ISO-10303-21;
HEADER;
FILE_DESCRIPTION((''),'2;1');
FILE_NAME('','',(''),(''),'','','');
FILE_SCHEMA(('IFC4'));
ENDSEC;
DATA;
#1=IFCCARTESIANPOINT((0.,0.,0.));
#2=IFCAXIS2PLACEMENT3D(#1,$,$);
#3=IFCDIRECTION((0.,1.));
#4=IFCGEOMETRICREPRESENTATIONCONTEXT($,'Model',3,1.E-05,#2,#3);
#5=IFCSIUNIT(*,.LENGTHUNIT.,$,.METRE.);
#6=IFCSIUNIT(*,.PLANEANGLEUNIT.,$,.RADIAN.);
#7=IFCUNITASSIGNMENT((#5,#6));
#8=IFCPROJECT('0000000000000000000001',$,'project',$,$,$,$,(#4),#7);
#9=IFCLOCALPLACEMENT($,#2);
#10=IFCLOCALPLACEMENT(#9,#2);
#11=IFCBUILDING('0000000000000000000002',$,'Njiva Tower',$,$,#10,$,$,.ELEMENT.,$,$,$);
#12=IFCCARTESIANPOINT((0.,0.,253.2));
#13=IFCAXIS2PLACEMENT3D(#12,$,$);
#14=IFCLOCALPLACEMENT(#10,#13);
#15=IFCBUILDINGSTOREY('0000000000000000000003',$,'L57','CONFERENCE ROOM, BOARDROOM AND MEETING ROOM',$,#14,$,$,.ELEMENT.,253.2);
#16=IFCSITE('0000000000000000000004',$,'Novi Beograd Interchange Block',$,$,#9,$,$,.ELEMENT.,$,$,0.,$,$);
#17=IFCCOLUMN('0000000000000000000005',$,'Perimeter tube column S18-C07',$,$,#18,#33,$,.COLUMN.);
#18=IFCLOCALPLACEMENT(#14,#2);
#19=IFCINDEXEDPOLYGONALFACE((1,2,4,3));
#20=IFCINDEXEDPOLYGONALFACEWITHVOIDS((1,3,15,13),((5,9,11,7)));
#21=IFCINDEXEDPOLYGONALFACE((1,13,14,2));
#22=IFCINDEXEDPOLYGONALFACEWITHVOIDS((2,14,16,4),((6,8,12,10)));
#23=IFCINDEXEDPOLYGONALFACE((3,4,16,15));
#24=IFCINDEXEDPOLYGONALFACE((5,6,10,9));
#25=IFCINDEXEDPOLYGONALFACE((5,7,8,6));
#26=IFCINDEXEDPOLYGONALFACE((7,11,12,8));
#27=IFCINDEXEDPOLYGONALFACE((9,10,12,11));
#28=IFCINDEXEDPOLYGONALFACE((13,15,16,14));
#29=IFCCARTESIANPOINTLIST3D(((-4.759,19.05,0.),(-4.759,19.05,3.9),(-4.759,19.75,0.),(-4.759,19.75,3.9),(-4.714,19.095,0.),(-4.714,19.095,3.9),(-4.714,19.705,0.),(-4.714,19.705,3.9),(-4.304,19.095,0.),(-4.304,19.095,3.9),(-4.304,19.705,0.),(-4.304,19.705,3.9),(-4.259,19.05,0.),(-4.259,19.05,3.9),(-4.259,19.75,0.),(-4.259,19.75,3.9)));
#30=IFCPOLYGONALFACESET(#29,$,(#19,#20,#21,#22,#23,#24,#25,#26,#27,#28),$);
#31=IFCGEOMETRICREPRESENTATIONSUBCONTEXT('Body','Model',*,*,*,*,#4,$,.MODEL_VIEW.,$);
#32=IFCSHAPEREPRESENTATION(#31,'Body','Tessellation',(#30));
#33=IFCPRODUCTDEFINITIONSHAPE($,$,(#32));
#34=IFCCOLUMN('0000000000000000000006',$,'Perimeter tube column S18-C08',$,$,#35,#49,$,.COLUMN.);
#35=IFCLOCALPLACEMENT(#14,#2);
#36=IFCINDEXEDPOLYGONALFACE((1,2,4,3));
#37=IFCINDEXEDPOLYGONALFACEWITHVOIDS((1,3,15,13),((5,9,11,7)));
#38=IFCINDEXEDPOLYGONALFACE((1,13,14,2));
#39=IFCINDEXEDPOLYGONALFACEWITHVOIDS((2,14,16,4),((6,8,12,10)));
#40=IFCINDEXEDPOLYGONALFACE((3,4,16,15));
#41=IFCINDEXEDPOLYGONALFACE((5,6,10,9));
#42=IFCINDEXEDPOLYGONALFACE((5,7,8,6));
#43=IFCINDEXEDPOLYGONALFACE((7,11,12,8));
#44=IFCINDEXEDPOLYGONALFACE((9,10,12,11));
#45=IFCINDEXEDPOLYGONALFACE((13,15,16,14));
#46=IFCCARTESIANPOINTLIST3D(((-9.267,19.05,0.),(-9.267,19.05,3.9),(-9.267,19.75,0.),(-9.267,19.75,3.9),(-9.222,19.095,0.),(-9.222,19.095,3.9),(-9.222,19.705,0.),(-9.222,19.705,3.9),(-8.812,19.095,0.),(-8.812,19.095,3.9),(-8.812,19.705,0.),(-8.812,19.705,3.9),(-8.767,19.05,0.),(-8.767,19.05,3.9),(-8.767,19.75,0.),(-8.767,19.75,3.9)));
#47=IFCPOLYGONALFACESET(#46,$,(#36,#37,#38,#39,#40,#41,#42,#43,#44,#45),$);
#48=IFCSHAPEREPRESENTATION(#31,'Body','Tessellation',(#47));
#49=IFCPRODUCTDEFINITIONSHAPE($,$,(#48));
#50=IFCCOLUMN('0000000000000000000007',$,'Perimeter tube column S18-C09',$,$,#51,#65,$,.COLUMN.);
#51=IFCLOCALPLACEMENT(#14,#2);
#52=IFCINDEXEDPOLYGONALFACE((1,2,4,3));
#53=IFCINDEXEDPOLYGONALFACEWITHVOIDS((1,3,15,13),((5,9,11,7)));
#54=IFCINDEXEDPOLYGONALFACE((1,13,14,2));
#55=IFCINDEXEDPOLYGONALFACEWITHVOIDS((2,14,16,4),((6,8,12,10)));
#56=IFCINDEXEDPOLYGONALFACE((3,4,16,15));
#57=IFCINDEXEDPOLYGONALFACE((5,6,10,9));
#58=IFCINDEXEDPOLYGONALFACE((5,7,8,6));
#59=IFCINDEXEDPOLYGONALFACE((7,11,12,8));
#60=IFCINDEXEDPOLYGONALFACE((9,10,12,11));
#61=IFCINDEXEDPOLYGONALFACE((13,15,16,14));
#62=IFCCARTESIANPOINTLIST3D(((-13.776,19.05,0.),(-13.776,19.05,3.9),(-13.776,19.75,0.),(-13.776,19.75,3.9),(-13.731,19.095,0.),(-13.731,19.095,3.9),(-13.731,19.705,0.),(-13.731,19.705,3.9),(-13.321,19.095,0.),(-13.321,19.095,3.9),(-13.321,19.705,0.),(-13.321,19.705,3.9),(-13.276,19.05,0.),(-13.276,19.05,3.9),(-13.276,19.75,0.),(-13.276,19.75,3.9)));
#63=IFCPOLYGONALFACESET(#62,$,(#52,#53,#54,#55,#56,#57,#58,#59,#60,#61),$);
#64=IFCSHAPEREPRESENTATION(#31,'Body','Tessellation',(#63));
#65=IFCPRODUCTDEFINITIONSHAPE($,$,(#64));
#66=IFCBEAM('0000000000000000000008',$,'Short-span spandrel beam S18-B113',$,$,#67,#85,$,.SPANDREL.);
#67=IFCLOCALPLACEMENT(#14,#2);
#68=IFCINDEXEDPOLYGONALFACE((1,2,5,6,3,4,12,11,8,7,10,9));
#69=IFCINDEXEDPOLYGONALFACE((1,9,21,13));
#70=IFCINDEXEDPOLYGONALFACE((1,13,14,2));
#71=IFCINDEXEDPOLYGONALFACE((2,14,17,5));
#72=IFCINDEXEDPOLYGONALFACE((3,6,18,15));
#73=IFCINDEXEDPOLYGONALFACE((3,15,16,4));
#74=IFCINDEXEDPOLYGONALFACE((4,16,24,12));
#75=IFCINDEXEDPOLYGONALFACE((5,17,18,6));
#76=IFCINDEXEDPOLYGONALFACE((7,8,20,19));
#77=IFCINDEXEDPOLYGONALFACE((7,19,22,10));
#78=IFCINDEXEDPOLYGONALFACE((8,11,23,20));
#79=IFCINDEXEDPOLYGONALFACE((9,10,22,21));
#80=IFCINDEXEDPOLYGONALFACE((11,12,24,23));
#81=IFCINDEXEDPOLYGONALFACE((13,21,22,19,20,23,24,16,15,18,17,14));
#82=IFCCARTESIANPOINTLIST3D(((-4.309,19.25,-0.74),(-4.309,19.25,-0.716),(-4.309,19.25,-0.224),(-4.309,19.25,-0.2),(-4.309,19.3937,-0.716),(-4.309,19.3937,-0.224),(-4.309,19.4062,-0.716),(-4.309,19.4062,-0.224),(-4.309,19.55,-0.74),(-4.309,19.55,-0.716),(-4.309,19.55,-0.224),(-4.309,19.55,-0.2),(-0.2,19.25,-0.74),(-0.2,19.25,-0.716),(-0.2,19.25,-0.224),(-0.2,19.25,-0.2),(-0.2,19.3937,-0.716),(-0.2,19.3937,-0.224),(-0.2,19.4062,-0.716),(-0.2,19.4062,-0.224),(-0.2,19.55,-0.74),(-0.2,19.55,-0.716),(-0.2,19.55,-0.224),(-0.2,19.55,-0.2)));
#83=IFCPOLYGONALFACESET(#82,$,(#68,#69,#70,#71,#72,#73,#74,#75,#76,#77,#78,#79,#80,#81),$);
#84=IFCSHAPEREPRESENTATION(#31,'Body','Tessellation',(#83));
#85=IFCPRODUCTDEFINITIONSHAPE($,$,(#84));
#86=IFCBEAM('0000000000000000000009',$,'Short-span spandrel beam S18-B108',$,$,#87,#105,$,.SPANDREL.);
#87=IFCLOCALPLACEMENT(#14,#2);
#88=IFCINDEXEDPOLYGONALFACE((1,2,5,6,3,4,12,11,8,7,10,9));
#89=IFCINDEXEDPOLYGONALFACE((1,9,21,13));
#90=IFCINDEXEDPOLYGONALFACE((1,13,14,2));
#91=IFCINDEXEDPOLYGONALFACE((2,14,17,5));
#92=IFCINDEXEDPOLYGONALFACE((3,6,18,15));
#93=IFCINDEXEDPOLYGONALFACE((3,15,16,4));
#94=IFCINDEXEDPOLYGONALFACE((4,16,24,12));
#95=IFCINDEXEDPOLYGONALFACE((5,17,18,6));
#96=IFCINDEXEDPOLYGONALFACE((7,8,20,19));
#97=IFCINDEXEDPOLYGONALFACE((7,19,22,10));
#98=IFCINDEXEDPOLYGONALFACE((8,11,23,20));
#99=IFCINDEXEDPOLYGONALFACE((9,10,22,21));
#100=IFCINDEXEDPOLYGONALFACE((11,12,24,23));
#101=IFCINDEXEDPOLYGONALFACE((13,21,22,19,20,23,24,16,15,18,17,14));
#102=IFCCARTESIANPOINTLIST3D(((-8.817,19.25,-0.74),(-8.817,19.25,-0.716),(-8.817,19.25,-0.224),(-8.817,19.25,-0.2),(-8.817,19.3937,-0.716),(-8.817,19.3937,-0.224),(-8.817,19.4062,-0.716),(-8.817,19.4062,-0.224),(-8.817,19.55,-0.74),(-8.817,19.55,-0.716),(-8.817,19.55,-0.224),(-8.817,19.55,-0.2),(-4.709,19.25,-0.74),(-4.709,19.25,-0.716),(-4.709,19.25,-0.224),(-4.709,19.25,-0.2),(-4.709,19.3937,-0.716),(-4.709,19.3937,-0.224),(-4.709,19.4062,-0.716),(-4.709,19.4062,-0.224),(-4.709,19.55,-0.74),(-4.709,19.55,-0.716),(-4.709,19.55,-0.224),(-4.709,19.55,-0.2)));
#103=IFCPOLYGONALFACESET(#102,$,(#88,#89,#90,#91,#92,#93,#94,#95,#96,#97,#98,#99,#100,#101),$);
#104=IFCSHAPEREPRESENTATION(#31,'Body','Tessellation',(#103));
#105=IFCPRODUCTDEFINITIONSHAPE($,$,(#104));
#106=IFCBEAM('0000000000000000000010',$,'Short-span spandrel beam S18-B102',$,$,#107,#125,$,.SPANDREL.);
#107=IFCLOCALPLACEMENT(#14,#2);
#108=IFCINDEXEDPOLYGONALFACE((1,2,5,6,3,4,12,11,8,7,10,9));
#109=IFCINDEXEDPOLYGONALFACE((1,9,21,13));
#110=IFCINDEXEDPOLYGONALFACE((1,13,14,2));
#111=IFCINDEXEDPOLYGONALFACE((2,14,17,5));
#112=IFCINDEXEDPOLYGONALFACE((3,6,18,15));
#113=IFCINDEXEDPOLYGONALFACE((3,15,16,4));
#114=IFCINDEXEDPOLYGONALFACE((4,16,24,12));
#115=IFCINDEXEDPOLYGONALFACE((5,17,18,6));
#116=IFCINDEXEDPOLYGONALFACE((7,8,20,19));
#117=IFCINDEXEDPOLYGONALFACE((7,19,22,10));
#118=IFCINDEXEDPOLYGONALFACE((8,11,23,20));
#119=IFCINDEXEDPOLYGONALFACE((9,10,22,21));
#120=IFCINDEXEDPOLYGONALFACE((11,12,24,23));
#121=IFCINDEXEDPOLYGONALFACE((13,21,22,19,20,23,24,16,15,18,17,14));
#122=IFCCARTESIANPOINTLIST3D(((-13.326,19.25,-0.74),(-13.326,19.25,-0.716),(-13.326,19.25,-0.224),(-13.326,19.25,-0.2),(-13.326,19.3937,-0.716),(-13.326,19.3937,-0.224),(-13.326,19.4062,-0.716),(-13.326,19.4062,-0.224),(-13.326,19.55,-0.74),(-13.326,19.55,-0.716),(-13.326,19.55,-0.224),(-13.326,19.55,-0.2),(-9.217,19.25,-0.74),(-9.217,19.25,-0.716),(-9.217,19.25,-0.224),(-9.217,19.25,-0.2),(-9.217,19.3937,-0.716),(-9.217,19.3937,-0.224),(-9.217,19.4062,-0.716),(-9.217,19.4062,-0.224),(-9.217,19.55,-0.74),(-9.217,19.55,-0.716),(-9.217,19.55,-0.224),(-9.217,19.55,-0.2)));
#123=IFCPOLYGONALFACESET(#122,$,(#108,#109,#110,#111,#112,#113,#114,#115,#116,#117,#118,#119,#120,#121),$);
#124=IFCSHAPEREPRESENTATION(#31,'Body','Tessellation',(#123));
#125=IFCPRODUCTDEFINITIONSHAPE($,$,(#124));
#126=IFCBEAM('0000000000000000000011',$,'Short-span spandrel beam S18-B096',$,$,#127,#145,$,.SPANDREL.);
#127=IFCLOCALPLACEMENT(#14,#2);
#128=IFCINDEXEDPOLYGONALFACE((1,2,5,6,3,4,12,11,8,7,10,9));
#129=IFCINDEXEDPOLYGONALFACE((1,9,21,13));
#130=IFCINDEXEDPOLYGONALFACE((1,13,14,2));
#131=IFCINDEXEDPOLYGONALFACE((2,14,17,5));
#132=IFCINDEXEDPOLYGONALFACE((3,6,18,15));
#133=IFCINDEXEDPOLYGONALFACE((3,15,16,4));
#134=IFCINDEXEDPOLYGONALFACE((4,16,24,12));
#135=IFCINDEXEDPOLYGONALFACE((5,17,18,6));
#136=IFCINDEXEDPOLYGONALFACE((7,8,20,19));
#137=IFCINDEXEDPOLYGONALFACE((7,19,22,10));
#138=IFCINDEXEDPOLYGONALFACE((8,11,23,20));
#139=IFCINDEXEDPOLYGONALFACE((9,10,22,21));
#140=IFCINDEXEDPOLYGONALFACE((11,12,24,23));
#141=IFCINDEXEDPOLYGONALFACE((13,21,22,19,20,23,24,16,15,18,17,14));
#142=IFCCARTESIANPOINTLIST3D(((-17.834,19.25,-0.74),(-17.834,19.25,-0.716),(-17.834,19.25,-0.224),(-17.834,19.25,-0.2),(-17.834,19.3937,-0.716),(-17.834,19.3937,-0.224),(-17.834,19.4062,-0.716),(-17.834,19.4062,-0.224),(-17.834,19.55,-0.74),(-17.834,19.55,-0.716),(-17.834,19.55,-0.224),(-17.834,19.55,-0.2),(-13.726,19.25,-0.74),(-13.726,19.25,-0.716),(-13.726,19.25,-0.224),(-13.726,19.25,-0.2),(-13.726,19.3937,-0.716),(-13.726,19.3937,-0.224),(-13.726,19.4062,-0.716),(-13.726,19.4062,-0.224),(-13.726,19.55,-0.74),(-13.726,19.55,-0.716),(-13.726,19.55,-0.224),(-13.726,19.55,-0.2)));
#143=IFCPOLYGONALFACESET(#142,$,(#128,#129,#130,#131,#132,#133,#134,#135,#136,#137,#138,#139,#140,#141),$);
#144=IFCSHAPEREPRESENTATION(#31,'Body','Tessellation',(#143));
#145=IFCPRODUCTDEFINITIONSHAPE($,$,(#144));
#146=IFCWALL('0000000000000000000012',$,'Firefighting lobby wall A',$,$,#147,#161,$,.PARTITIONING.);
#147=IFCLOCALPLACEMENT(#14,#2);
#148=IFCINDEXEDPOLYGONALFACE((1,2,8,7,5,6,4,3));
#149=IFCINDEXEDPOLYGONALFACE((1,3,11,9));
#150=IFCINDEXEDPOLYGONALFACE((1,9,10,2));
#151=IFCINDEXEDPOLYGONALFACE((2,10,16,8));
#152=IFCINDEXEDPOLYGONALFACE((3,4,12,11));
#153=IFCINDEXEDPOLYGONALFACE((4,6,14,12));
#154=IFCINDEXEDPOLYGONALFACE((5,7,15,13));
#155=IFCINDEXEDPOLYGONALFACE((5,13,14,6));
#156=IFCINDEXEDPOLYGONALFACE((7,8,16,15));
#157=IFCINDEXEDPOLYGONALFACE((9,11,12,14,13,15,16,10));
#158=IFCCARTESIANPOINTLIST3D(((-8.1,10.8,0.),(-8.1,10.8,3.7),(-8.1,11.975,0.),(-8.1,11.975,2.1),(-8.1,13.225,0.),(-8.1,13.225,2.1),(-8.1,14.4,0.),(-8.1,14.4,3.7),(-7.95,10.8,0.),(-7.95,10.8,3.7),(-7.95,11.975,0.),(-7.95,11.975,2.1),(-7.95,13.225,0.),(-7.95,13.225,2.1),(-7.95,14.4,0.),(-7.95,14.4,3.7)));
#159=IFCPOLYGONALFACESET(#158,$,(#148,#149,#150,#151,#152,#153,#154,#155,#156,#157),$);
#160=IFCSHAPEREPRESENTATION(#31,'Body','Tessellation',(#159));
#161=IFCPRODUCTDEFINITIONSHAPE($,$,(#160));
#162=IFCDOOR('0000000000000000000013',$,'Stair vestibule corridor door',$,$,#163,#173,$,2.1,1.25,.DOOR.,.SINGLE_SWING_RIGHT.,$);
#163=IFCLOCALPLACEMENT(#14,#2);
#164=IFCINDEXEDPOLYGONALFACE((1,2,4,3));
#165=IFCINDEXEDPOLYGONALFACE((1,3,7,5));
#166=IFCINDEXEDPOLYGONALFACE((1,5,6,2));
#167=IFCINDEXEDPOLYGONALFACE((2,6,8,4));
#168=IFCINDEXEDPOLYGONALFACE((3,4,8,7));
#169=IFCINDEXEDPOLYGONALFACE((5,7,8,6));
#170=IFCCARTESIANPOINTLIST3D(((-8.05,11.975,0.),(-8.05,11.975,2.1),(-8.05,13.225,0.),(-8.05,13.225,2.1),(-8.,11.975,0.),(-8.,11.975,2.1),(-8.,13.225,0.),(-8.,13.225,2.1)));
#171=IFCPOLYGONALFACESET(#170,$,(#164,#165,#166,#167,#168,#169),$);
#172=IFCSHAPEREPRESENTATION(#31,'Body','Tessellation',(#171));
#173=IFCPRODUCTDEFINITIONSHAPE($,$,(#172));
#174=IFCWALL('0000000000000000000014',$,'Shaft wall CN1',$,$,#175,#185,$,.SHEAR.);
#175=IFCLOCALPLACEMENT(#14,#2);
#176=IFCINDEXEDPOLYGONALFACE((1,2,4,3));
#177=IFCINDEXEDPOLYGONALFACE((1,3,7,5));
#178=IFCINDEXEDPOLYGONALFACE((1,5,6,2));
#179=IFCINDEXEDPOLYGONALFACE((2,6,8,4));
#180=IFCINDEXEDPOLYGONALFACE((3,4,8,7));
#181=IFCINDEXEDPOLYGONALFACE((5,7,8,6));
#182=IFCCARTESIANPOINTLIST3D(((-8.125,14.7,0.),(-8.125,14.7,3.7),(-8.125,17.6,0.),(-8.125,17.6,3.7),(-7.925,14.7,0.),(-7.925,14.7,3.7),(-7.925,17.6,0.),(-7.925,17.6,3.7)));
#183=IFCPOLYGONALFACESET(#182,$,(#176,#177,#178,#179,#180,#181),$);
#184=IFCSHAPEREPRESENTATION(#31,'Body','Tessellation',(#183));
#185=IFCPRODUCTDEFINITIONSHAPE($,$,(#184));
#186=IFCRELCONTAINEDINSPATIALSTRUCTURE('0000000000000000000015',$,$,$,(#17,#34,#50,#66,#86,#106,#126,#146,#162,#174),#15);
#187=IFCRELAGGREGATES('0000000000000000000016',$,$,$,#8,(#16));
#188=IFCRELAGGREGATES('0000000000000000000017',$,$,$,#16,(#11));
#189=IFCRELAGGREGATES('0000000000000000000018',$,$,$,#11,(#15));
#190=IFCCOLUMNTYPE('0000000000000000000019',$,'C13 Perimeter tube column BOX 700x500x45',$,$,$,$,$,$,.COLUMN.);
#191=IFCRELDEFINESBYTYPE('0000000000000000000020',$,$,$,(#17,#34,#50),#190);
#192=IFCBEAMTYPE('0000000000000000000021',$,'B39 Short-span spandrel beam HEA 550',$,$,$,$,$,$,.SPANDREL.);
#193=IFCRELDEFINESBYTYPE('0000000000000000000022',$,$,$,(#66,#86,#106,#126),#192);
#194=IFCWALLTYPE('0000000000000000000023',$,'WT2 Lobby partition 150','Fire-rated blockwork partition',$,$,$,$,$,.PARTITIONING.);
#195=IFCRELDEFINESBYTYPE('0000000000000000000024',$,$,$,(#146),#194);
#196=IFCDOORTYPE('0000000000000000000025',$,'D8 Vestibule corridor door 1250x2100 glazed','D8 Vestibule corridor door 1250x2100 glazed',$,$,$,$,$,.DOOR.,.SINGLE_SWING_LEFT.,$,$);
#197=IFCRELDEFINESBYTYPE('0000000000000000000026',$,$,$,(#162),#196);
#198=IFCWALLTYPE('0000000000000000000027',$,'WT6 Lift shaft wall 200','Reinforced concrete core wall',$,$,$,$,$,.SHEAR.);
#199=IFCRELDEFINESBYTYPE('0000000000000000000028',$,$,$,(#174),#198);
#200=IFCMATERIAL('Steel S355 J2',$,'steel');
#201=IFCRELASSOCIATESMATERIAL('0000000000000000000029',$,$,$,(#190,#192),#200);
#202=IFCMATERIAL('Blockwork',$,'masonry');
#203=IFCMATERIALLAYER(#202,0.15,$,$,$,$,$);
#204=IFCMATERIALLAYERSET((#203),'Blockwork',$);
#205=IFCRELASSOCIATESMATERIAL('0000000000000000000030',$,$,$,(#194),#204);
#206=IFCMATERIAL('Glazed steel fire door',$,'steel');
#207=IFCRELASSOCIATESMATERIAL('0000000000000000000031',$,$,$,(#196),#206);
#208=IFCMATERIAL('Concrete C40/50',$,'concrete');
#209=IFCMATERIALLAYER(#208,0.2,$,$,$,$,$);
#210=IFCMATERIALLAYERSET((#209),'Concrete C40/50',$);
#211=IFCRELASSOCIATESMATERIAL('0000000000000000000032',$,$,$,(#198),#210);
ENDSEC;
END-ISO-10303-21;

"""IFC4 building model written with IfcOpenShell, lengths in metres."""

from ifc_helpers import new_model, si_unit, direction, frame, frame_2d, origin, origin_2d, place, context, subcontext, project, spatial, rectangle, hollow_rectangle, i_section, extrude, material, layer, layer_set, material_profile, profile_set, type_object, element, fill, save


model = new_model("IFC4")

# Units and contexts
model_context = context("Model", 3, precision=1e-05, world=origin(), true_north=direction((0.0, 1.0)))
body_context = subcontext(model_context, "Body", "Model", "MODEL_VIEW")
ifc_project = project(units=[si_unit("LENGTHUNIT", "METRE"), si_unit("PLANEANGLEUNIT", "RADIAN")], contexts=[model_context])

# Site, building, storey
site_placement = place(None, origin())
site = spatial("IfcSite", under=ifc_project, at=site_placement, Name="Novi Beograd Interchange Block", CompositionType="ELEMENT", RefElevation=0.0)
building_placement = place(site_placement, origin())
building = spatial("IfcBuilding", under=site, at=building_placement, Name="Njiva Tower", CompositionType="ELEMENT")
storey_placement = place(building_placement, frame((0.0, 0.0, 253.2)))
storey = spatial("IfcBuildingStorey", under=building, at=storey_placement, Name="L57", Description="CONFERENCE ROOM, BOARDROOM AND MEETING ROOM", CompositionType="ELEMENT", Elevation=253.2)

# Columns
ifc_material_1 = material(Name="Steel S355 J2", Category="steel")
ifc_material_profile_1 = material_profile(ifc_material_1, hollow_rectangle(XDim=0.5, YDim=0.7, WallThickness=0.045, at=origin_2d()), Name="BOX 700x500x45")
ifc_profile_set_1 = profile_set([ifc_material_profile_1], Name="Steel S355 J2")
column_type = type_object("IfcColumnType", Name="C13 Perimeter tube column BOX 700x500x45", PredefinedType="COLUMN", material=ifc_profile_set_1)
for number, where, z_axis, x_axis, name in (
    (1, (-4.509, 19.4, 0.0), (0.0, 0.0, 1.0), (-1.0, 0.0, 0.0), "Perimeter tube column S18-C07"),
    (2, (-9.017, 19.4, 0.0), (0.0, 0.0, 1.0), (-1.0, 0.0, 0.0), "Perimeter tube column S18-C08"),
    (3, (-13.526, 19.4, 0.0), (0.0, 0.0, 1.0), (-1.0, 0.0, 0.0), "Perimeter tube column S18-C09"),
):
    element("IfcColumn", number, at=place(storey_placement, frame(where, z_axis=z_axis, x_axis=x_axis)), inside=storey, type_object=column_type, Name=name, PredefinedType="COLUMN", context=body_context, shape_type="SweptSolid", body=[
        extrude(hollow_rectangle(XDim=0.5, YDim=0.7, WallThickness=0.045, at=origin_2d()), origin(), (0.0, 0.0, 1.0), 3.9),
    ])

# Beams
ifc_material_profile_2 = material_profile(ifc_material_1, i_section(OverallWidth=0.3, OverallDepth=0.54, WebThickness=0.0125, FlangeThickness=0.024, at=origin_2d()), Name="HEA 550")
ifc_profile_set_2 = profile_set([ifc_material_profile_2], Name="Steel S355 J2")
beam_type = type_object("IfcBeamType", Name="B39 Short-span spandrel beam HEA 550", PredefinedType="SPANDREL", material=ifc_profile_set_2)
beam_1_placement = place(storey_placement, frame((-0.2, 19.4, -0.47), z_axis=(-1.0, 0.0, 0.0), x_axis=(0.0, -1.0, 0.0)))
element("IfcBeam", 4, at=beam_1_placement, inside=storey, type_object=beam_type, Name="Short-span spandrel beam S18-B113", PredefinedType="SPANDREL", context=body_context, shape_type="SweptSolid", body=[
    extrude(i_section(OverallWidth=0.3, OverallDepth=0.54, WebThickness=0.0125, FlangeThickness=0.024, at=origin_2d()), origin(), (0.0, 0.0, 1.0), 4.109),
])
beam_2_placement = place(storey_placement, frame((-4.709, 19.4, -0.47), z_axis=(-1.0, 0.0, 0.0), x_axis=(0.0, -1.0, 0.0)))
element("IfcBeam", 5, at=beam_2_placement, inside=storey, type_object=beam_type, Name="Short-span spandrel beam S18-B108", PredefinedType="SPANDREL", context=body_context, shape_type="SweptSolid", body=[
    extrude(i_section(OverallWidth=0.3, OverallDepth=0.54, WebThickness=0.0125, FlangeThickness=0.024, at=origin_2d()), origin(), (0.0, 0.0, 1.0), 4.108),
])
beam_3_placement = place(storey_placement, frame((-9.217, 19.4, -0.47), z_axis=(-1.0, 0.0, 0.0), x_axis=(0.0, -1.0, 0.0)))
element("IfcBeam", 6, at=beam_3_placement, inside=storey, type_object=beam_type, Name="Short-span spandrel beam S18-B102", PredefinedType="SPANDREL", context=body_context, shape_type="SweptSolid", body=[
    extrude(i_section(OverallWidth=0.3, OverallDepth=0.54, WebThickness=0.0125, FlangeThickness=0.024, at=origin_2d()), origin(), (0.0, 0.0, 1.0), 4.109),
])
beam_4_placement = place(storey_placement, frame((-13.726, 19.4, -0.47), z_axis=(-1.0, 0.0, 0.0), x_axis=(0.0, -1.0, 0.0)))
element("IfcBeam", 7, at=beam_4_placement, inside=storey, type_object=beam_type, Name="Short-span spandrel beam S18-B096", PredefinedType="SPANDREL", context=body_context, shape_type="SweptSolid", body=[
    extrude(i_section(OverallWidth=0.3, OverallDepth=0.54, WebThickness=0.0125, FlangeThickness=0.024, at=origin_2d()), origin(), (0.0, 0.0, 1.0), 4.108),
])

# Wall, opening, door
ifc_material_2 = material(Name="Blockwork", Category="masonry")
ifc_layer_1 = layer(ifc_material_2, 0.15)
ifc_layer_set_1 = layer_set([ifc_layer_1], Name="Blockwork")
wall_type_1 = type_object("IfcWallType", Name="WT2 Lobby partition 150", Description="Fire-rated blockwork partition", PredefinedType="PARTITIONING", material=ifc_layer_set_1)
wall_1_placement = place(storey_placement, frame((-8.025, 10.8, 0.0), z_axis=(0.0, 0.0, 1.0), x_axis=(0.0, 1.0, 0.0)))
wall_1 = element("IfcWall", 8, at=wall_1_placement, inside=storey, type_object=wall_type_1, Name="Firefighting lobby wall A", PredefinedType="PARTITIONING", context=body_context, shape_type="SweptSolid", body=[
    extrude(rectangle(XDim=3.6, YDim=0.15, at=frame_2d((1.8, 0.0))), origin(), (0.0, 0.0, 1.0), 3.7),
])
opening_1_placement = place(wall_1_placement, frame((1.175, 0.0, 0.0)))
opening_1 = element("IfcOpeningElement", 9, at=opening_1_placement, cuts=wall_1, PredefinedType="OPENING", context=body_context, shape_type="SweptSolid", body=[
    extrude(rectangle(XDim=1.25, YDim=2.1, at=frame_2d((0.625, 1.05))), frame((0.0, 0.085, 0.0), z_axis=(0.0, -1.0, 0.0), x_axis=(1.0, 0.0, 0.0)), (0.0, 0.0, 1.0), 0.17),
])
ifc_material_3 = material(Name="Glazed steel fire door", Category="steel")
door_type_1 = type_object("IfcDoorType", Name="D8 Vestibule corridor door 1250x2100 glazed", Description="D8 Vestibule corridor door 1250x2100 glazed", OperationType="SINGLE_SWING_LEFT", PredefinedType="DOOR", material=ifc_material_3)
door_1_placement = place(opening_1_placement, origin())
door_1 = element("IfcDoor", 10, at=door_1_placement, inside=storey, type_object=door_type_1, Name="Stair vestibule corridor door", OperationType="SINGLE_SWING_RIGHT", OverallHeight=2.1, OverallWidth=1.25, PredefinedType="DOOR", context=body_context, shape_type="SweptSolid", body=[
    extrude(rectangle(XDim=1.25, YDim=2.1, at=frame_2d((0.625, 1.05))), frame((0.0, 0.025, 0.0), z_axis=(0.0, -1.0, 0.0), x_axis=(1.0, 0.0, 0.0)), (0.0, 0.0, 1.0), 0.05),
])
fill(opening_1, door_1)

# Wall
ifc_material_4 = material(Name="Concrete C40/50", Category="concrete")
ifc_layer_2 = layer(ifc_material_4, 0.2)
ifc_layer_set_2 = layer_set([ifc_layer_2], Name="Concrete C40/50")
wall_type_2 = type_object("IfcWallType", Name="WT6 Lift shaft wall 200", Description="Reinforced concrete core wall", PredefinedType="SHEAR", material=ifc_layer_set_2)
for number, where, z_axis, x_axis, name in (
    (11, (-8.025, 14.7, 0.0), (0.0, 0.0, 1.0), (0.0, 1.0, 0.0), "Shaft wall CN1"),
):
    element("IfcWall", number, at=place(storey_placement, frame(where, z_axis=z_axis, x_axis=x_axis)), inside=storey, type_object=wall_type_2, Name=name, PredefinedType="SHEAR", context=body_context, shape_type="SweptSolid", body=[
        extrude(rectangle(XDim=2.9, YDim=0.2, at=frame_2d((1.45, 0.0))), origin(), (0.0, 0.0, 1.0), 3.7),
    ])

save(model, "model.ifc")
